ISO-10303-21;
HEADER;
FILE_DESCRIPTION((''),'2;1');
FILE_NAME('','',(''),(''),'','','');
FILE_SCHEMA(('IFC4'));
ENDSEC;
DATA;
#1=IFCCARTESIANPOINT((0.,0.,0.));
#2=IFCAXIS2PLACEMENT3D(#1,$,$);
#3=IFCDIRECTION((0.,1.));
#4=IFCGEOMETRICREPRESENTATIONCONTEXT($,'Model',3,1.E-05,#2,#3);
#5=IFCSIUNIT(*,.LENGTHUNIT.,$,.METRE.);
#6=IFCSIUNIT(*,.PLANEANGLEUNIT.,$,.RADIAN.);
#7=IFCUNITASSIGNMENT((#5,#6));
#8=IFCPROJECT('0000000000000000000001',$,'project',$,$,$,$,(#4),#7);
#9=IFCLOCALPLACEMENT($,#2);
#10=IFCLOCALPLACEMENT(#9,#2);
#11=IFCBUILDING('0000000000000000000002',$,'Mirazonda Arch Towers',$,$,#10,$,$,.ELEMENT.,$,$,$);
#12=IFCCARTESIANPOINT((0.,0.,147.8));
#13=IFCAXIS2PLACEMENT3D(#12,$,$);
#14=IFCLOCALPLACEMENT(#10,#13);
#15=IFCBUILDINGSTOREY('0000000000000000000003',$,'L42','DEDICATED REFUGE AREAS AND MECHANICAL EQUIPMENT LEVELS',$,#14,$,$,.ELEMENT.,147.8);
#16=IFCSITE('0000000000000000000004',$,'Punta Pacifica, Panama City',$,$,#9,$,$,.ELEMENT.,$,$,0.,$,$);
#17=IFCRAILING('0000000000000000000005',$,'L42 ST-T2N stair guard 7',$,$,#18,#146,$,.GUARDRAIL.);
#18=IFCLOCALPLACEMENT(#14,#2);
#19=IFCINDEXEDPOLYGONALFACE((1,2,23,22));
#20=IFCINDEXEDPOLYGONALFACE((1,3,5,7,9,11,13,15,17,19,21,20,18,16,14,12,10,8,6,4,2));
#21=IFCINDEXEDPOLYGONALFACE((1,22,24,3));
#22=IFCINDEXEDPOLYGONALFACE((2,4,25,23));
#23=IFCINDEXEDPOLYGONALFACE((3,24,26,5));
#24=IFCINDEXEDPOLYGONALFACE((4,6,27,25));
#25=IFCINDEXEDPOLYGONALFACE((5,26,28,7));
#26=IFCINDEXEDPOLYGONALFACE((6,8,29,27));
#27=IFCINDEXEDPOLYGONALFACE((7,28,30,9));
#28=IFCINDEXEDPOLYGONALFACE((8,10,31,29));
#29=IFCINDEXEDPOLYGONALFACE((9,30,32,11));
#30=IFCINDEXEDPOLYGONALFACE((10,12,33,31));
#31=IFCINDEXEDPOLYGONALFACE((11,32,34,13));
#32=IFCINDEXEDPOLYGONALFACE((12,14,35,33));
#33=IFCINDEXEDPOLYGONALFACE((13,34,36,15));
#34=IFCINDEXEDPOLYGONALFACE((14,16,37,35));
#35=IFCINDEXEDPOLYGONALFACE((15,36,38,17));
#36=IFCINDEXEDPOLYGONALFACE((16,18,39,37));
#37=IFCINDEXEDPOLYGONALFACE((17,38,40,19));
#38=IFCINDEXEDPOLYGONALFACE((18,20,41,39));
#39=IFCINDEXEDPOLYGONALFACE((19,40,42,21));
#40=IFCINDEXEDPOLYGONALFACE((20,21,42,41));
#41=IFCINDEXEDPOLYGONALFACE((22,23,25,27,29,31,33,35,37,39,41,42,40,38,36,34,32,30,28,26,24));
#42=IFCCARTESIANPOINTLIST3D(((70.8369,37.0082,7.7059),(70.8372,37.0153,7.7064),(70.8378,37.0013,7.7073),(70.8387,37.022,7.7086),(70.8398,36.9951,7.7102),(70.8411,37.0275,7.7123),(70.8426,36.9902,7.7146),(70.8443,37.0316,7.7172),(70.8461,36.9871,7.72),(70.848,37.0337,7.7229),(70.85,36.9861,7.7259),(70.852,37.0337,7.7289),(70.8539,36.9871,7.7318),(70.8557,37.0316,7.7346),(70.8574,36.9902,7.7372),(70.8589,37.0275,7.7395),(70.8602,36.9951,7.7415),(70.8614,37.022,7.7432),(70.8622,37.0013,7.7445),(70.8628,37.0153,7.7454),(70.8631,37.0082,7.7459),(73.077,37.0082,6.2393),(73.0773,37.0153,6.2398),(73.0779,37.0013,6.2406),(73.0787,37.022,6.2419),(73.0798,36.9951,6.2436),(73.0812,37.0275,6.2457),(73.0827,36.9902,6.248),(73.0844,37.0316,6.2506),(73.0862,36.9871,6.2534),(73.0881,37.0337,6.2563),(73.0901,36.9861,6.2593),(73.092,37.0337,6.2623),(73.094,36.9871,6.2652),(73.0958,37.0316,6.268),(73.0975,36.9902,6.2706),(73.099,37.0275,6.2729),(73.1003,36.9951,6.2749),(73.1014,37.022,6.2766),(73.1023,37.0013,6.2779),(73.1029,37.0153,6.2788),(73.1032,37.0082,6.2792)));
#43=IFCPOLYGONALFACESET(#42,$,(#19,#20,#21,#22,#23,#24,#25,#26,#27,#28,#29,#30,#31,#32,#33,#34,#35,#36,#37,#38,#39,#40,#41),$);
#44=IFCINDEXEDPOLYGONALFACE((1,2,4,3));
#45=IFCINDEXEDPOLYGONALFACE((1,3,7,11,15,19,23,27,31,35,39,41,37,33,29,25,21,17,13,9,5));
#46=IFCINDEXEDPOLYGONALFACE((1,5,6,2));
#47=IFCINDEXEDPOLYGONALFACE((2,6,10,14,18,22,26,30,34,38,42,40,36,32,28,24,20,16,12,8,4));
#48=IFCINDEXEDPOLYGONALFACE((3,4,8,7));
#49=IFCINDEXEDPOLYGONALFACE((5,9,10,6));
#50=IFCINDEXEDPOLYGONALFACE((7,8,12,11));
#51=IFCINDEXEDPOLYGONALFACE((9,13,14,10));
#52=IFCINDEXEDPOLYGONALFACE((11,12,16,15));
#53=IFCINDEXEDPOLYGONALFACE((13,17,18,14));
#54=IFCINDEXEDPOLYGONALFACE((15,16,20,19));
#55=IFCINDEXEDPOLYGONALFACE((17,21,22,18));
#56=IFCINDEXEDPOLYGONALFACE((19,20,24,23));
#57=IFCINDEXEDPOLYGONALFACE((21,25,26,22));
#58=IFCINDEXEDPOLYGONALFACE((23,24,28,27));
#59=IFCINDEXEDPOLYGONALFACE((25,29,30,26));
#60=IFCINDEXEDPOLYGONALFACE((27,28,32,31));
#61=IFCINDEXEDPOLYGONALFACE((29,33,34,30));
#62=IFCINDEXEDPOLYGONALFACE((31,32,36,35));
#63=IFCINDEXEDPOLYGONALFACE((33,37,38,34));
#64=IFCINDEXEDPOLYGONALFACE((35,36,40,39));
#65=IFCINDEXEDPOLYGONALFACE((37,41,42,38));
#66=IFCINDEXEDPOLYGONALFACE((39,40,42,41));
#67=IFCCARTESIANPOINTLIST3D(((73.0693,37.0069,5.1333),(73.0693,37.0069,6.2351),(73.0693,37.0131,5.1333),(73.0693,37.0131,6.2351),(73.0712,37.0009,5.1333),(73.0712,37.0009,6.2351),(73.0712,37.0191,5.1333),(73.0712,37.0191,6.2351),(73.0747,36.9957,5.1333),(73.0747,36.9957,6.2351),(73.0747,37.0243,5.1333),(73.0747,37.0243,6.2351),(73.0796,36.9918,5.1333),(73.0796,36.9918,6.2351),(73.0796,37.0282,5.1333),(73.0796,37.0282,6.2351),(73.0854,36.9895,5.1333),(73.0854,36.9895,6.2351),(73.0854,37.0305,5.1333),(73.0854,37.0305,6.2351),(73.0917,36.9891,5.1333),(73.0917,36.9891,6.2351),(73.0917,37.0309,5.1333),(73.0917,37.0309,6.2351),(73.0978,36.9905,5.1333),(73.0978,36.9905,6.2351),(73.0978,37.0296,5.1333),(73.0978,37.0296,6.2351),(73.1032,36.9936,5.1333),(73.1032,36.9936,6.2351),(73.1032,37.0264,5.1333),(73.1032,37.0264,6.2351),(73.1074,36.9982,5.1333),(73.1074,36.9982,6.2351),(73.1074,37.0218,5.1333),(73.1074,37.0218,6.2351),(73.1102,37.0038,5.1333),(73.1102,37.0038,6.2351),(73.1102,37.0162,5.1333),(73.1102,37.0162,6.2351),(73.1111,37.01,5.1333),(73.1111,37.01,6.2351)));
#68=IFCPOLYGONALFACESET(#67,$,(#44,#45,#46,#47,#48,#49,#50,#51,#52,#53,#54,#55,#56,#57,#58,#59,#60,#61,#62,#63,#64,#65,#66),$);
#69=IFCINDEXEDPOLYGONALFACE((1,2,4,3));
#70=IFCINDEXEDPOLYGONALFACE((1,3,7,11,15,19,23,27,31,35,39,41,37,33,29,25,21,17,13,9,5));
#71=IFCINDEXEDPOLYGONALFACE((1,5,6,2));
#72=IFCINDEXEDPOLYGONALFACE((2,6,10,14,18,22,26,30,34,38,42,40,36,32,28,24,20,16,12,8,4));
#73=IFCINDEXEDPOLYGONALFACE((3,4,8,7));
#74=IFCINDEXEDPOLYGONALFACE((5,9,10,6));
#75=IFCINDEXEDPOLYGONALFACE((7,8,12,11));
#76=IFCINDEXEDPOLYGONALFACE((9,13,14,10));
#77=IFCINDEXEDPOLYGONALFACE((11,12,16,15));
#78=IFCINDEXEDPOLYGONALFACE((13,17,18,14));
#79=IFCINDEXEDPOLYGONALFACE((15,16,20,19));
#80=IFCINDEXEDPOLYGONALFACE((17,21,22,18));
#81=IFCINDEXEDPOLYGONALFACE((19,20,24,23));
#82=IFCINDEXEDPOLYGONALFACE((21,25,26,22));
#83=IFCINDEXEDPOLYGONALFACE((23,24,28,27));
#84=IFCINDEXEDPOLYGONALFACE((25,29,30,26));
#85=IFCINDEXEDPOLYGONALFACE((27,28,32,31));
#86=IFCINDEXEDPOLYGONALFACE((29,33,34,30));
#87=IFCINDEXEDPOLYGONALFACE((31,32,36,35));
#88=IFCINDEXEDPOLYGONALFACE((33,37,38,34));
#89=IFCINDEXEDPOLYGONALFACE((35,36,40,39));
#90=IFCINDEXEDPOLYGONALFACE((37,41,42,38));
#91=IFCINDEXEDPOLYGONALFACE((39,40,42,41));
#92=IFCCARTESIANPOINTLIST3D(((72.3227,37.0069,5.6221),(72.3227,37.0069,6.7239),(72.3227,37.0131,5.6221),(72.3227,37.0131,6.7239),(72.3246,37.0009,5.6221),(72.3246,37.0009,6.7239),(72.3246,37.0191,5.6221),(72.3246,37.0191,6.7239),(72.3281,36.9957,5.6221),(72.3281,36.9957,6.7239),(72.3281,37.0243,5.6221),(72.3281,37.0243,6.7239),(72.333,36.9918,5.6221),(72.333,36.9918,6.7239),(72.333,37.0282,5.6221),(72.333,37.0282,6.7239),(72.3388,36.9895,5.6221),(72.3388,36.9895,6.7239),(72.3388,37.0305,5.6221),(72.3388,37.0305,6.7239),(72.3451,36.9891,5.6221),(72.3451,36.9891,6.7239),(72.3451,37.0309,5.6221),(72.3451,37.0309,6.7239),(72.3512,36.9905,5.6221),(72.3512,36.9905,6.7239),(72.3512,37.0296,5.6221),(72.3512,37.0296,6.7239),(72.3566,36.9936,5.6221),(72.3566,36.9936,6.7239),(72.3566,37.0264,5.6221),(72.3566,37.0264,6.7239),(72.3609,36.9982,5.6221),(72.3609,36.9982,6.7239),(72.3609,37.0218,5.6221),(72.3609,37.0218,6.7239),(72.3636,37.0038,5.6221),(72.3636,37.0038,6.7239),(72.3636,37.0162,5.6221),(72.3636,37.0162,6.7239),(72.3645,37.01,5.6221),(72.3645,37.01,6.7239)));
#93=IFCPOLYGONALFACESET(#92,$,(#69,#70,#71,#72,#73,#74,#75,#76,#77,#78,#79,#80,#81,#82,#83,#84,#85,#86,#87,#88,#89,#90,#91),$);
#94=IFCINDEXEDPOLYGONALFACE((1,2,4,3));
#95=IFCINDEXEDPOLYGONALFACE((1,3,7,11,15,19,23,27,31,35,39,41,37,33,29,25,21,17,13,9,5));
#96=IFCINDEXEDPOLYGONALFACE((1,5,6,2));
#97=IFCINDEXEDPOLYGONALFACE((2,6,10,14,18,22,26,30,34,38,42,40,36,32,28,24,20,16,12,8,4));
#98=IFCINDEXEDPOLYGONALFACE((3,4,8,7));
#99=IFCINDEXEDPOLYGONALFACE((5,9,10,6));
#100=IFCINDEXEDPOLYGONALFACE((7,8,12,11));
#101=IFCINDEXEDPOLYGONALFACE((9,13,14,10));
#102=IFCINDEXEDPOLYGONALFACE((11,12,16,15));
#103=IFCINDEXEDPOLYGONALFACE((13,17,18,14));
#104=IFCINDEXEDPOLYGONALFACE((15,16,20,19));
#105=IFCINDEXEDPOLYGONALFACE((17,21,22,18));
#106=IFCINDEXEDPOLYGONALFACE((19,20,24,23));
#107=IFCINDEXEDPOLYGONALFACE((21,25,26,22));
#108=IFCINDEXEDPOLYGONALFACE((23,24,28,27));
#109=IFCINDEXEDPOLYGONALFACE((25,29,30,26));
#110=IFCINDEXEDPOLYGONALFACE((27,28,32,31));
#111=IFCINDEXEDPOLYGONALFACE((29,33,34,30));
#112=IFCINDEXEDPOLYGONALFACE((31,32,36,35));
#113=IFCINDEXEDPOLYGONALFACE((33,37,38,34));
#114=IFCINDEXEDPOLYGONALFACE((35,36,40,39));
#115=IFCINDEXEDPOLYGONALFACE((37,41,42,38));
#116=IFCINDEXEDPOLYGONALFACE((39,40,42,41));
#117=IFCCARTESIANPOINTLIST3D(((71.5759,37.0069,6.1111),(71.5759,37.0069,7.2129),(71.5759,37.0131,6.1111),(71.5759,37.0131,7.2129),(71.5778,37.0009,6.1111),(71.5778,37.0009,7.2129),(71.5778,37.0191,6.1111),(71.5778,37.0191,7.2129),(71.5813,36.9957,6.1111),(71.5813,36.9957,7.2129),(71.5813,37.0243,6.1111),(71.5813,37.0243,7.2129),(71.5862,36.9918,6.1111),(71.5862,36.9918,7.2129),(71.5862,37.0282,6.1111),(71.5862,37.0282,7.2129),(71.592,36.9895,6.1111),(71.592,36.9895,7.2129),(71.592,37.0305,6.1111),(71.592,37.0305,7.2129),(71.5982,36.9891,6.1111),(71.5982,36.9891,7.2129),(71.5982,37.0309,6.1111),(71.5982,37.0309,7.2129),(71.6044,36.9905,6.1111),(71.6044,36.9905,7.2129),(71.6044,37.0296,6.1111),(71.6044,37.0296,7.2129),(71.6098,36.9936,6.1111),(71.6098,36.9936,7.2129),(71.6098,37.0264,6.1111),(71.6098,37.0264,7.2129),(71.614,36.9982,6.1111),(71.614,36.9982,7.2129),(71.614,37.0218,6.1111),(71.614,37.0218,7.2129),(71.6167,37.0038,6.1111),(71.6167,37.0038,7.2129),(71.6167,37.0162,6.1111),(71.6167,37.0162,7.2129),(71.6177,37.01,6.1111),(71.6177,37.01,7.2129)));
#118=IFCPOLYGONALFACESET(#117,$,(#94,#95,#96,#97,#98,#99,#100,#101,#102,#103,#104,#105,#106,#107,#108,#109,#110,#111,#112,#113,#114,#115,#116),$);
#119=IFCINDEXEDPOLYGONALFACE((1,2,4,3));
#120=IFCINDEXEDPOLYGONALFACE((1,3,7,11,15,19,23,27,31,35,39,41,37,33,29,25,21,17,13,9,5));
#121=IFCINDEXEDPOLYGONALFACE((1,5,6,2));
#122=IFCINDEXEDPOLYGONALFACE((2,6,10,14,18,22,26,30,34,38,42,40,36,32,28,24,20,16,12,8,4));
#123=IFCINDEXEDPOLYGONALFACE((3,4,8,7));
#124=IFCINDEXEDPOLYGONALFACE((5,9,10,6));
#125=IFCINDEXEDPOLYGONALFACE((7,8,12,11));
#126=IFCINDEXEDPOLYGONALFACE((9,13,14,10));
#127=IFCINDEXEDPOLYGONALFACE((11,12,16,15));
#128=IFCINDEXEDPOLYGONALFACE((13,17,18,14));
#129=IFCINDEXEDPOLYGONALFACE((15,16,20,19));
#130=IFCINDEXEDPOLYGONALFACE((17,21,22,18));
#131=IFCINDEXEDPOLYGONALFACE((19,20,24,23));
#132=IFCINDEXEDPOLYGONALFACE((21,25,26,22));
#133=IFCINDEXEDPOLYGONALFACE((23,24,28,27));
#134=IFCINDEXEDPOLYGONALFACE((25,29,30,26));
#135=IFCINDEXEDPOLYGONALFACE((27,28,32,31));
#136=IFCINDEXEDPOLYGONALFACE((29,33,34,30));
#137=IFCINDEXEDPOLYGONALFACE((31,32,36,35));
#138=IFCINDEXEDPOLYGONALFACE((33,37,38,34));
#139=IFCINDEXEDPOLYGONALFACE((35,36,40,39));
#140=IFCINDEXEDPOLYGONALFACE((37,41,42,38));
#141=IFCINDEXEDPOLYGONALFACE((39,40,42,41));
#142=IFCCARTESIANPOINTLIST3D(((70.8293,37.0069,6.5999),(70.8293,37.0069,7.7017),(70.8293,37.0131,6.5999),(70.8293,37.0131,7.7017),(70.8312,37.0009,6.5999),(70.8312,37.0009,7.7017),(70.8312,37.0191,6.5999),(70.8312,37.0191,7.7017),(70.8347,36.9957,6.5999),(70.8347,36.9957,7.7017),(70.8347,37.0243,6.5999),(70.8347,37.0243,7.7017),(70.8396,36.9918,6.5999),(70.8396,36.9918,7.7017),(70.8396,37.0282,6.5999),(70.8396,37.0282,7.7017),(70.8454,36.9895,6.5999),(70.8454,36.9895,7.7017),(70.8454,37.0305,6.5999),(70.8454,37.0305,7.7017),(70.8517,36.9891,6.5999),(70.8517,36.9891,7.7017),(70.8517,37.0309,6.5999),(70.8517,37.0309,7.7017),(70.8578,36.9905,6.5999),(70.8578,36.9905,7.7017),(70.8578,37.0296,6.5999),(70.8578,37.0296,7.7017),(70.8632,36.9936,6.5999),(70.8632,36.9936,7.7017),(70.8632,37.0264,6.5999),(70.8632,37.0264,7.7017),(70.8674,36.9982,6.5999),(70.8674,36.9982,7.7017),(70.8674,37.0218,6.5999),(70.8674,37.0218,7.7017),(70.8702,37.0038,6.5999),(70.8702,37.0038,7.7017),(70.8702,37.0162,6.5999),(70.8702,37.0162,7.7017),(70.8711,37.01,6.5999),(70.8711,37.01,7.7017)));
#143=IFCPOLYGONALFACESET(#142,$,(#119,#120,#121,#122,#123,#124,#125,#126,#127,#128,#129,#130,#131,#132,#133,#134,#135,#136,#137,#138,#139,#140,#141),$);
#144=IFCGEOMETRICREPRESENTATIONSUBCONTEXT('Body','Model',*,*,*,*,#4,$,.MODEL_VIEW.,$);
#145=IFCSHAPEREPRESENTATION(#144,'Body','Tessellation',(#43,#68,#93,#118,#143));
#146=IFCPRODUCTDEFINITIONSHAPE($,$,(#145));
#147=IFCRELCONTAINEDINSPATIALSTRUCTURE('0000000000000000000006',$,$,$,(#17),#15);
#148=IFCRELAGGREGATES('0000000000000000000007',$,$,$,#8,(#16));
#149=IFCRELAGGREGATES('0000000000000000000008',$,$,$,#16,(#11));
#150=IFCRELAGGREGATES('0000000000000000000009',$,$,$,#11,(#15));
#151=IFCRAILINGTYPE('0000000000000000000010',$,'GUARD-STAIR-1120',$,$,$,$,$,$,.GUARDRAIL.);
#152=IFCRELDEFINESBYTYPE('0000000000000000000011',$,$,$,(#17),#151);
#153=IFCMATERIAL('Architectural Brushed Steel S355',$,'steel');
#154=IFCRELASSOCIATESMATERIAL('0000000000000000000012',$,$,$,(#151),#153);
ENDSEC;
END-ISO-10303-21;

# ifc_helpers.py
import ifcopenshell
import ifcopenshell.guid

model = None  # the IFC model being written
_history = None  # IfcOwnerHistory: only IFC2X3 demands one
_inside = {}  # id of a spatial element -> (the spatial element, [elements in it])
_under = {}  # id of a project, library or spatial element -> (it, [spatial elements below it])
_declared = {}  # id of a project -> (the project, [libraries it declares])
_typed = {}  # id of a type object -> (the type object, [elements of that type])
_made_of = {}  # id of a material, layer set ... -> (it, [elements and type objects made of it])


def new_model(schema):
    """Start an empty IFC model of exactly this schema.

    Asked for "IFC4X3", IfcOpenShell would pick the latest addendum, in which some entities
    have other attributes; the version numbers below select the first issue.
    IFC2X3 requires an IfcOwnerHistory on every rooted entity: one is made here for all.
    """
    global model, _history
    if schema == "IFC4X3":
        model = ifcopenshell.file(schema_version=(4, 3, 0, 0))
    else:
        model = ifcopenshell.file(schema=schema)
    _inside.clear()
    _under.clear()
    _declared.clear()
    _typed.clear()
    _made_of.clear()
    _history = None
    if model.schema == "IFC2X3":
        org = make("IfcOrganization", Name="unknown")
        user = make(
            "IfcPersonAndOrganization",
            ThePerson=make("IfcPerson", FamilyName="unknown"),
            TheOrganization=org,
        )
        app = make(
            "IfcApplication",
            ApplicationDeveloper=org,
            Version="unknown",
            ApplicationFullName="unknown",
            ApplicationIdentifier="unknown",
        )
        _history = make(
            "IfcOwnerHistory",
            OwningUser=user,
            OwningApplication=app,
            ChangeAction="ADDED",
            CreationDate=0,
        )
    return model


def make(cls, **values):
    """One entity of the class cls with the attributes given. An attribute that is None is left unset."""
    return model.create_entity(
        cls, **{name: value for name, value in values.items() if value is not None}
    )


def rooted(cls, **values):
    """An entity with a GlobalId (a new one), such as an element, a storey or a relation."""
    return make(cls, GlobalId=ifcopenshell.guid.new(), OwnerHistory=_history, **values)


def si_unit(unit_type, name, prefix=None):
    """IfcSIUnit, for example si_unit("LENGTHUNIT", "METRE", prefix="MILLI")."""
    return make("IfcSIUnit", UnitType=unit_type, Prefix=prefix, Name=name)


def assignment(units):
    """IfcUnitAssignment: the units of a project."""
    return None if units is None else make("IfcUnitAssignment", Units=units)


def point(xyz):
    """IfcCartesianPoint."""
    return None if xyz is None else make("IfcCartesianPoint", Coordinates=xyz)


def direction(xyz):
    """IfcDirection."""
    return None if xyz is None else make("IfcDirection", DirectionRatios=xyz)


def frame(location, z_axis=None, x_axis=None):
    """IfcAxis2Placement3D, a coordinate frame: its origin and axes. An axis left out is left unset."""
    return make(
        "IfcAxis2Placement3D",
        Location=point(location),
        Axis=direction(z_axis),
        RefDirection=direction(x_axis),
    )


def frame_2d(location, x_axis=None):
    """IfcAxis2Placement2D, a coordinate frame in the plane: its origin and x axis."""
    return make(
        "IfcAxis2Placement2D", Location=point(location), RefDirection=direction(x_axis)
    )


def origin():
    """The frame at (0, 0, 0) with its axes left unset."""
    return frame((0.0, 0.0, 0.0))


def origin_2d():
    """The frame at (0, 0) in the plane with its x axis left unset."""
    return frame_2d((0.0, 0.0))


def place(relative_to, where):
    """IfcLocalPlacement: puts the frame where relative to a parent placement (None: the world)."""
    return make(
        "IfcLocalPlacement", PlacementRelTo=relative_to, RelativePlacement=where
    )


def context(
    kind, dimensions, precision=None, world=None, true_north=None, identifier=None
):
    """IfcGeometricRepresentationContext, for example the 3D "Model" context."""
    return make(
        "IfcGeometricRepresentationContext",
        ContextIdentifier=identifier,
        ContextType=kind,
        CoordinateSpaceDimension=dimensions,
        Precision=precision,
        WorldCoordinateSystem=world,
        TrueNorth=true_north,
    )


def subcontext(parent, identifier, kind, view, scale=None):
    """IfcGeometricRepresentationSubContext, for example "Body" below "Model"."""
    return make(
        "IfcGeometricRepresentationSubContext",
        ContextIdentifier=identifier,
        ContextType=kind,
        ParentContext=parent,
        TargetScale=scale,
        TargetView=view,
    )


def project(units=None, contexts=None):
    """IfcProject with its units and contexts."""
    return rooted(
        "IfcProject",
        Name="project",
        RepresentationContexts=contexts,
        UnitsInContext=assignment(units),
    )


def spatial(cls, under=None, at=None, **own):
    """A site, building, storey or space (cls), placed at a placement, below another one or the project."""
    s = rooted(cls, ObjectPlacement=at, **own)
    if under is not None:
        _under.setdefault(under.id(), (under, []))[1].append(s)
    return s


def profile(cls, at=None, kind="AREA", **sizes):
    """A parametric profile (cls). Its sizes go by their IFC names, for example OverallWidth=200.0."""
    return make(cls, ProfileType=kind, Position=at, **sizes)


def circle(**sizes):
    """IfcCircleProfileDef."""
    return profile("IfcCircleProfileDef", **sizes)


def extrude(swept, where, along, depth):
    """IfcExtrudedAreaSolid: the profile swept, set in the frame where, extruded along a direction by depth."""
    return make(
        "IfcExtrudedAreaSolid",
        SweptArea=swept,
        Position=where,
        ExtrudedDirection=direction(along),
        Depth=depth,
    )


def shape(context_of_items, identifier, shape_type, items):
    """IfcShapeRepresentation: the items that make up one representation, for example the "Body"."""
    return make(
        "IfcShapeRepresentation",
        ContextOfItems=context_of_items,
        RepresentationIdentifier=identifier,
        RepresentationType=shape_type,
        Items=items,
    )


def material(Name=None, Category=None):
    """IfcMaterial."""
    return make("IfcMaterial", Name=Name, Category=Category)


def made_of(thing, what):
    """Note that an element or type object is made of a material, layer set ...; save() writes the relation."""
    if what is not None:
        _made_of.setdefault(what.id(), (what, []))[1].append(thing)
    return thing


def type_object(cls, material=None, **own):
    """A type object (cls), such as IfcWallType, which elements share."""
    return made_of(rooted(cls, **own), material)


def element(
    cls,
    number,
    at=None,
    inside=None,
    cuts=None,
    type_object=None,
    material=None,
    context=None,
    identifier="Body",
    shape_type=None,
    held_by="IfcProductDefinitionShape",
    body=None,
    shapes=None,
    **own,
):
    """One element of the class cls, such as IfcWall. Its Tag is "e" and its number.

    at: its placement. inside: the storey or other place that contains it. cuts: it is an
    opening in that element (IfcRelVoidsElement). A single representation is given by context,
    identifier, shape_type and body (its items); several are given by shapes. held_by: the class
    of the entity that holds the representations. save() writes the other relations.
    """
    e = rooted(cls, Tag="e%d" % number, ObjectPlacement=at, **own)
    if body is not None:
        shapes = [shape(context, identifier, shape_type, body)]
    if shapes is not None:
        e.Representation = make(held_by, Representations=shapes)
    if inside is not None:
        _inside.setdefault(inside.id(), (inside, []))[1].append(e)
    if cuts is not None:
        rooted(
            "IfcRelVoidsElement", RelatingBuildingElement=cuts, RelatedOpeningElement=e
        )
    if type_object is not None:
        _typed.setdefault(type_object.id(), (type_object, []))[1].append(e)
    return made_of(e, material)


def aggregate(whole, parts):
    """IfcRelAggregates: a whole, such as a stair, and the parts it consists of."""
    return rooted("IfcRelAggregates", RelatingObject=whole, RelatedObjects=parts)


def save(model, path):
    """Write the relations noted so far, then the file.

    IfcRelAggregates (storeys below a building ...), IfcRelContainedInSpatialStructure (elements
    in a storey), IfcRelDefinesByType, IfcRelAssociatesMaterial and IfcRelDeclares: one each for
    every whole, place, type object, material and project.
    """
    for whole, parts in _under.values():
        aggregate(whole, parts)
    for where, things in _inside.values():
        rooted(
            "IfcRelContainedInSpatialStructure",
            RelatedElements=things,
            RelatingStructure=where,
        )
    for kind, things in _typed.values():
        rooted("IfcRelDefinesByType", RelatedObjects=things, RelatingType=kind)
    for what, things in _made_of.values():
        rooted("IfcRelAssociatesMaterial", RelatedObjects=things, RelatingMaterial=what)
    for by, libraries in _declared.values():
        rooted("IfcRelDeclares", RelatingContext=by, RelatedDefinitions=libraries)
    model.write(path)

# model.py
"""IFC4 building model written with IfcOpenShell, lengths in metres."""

from ifc_helpers import new_model, si_unit, direction, frame, origin, origin_2d, place, context, subcontext, project, spatial, circle, extrude, material, type_object, element, save


model = new_model("IFC4")

# Units and contexts
model_context = context("Model", 3, precision=1e-05, world=origin(), true_north=direction((0.0, 1.0)))
body_context = subcontext(model_context, "Body", "Model", "MODEL_VIEW")
ifc_project = project(units=[si_unit("LENGTHUNIT", "METRE"), si_unit("PLANEANGLEUNIT", "RADIAN")], contexts=[model_context])

# Site, building, storey
site_placement = place(None, origin())
site = spatial("IfcSite", under=ifc_project, at=site_placement, Name="Punta Pacifica, Panama City", CompositionType="ELEMENT", RefElevation=0.0)
building_placement = place(site_placement, origin())
building = spatial("IfcBuilding", under=site, at=building_placement, Name="Mirazonda Arch Towers", CompositionType="ELEMENT")
storey_placement = place(building_placement, frame((0.0, 0.0, 147.8)))
storey = spatial("IfcBuildingStorey", under=building, at=storey_placement, Name="L42", Description="DEDICATED REFUGE AREAS AND MECHANICAL EQUIPMENT LEVELS", CompositionType="ELEMENT", Elevation=147.8)

# Shared definitions
ifc_material_1 = material(Name="Architectural Brushed Steel S355", Category="steel")

# Railing
railing_type_1 = type_object("IfcRailingType", Name="GUARD-STAIR-1120", PredefinedType="GUARDRAIL", material=ifc_material_1)
railing_1_placement = place(storey_placement, frame((73.0901, 37.01, 5.1333)))
element("IfcRailing", 1, at=railing_1_placement, inside=storey, type_object=railing_type_1, Name="L42 ST-T2N stair guard 7", PredefinedType="GUARDRAIL", context=body_context, shape_type="SweptSolid", body=[
    extrude(circle(Radius=0.0239, at=origin_2d()), frame((0.0, 0.0, 1.126), z_axis=(-0.836637, 0.0, 0.547758), x_axis=(0.0, -1.0, 0.0)), (0.0, 0.0, 1.0), 2.6775),
    extrude(circle(Radius=0.021, at=origin_2d()), origin(), (0.0, 0.0, 1.0), 1.1018),
    extrude(circle(Radius=0.021, at=origin_2d()), frame((-0.7466, 0.0, 0.4888)), (0.0, 0.0, 1.0), 1.1018),
    extrude(circle(Radius=0.021, at=origin_2d()), frame((-1.4934, 0.0, 0.9778)), (0.0, 0.0, 1.0), 1.1018),
    extrude(circle(Radius=0.021, at=origin_2d()), frame((-2.24, 0.0, 1.4666)), (0.0, 0.0, 1.0), 1.1018),
])

save(model, "model.ifc")
